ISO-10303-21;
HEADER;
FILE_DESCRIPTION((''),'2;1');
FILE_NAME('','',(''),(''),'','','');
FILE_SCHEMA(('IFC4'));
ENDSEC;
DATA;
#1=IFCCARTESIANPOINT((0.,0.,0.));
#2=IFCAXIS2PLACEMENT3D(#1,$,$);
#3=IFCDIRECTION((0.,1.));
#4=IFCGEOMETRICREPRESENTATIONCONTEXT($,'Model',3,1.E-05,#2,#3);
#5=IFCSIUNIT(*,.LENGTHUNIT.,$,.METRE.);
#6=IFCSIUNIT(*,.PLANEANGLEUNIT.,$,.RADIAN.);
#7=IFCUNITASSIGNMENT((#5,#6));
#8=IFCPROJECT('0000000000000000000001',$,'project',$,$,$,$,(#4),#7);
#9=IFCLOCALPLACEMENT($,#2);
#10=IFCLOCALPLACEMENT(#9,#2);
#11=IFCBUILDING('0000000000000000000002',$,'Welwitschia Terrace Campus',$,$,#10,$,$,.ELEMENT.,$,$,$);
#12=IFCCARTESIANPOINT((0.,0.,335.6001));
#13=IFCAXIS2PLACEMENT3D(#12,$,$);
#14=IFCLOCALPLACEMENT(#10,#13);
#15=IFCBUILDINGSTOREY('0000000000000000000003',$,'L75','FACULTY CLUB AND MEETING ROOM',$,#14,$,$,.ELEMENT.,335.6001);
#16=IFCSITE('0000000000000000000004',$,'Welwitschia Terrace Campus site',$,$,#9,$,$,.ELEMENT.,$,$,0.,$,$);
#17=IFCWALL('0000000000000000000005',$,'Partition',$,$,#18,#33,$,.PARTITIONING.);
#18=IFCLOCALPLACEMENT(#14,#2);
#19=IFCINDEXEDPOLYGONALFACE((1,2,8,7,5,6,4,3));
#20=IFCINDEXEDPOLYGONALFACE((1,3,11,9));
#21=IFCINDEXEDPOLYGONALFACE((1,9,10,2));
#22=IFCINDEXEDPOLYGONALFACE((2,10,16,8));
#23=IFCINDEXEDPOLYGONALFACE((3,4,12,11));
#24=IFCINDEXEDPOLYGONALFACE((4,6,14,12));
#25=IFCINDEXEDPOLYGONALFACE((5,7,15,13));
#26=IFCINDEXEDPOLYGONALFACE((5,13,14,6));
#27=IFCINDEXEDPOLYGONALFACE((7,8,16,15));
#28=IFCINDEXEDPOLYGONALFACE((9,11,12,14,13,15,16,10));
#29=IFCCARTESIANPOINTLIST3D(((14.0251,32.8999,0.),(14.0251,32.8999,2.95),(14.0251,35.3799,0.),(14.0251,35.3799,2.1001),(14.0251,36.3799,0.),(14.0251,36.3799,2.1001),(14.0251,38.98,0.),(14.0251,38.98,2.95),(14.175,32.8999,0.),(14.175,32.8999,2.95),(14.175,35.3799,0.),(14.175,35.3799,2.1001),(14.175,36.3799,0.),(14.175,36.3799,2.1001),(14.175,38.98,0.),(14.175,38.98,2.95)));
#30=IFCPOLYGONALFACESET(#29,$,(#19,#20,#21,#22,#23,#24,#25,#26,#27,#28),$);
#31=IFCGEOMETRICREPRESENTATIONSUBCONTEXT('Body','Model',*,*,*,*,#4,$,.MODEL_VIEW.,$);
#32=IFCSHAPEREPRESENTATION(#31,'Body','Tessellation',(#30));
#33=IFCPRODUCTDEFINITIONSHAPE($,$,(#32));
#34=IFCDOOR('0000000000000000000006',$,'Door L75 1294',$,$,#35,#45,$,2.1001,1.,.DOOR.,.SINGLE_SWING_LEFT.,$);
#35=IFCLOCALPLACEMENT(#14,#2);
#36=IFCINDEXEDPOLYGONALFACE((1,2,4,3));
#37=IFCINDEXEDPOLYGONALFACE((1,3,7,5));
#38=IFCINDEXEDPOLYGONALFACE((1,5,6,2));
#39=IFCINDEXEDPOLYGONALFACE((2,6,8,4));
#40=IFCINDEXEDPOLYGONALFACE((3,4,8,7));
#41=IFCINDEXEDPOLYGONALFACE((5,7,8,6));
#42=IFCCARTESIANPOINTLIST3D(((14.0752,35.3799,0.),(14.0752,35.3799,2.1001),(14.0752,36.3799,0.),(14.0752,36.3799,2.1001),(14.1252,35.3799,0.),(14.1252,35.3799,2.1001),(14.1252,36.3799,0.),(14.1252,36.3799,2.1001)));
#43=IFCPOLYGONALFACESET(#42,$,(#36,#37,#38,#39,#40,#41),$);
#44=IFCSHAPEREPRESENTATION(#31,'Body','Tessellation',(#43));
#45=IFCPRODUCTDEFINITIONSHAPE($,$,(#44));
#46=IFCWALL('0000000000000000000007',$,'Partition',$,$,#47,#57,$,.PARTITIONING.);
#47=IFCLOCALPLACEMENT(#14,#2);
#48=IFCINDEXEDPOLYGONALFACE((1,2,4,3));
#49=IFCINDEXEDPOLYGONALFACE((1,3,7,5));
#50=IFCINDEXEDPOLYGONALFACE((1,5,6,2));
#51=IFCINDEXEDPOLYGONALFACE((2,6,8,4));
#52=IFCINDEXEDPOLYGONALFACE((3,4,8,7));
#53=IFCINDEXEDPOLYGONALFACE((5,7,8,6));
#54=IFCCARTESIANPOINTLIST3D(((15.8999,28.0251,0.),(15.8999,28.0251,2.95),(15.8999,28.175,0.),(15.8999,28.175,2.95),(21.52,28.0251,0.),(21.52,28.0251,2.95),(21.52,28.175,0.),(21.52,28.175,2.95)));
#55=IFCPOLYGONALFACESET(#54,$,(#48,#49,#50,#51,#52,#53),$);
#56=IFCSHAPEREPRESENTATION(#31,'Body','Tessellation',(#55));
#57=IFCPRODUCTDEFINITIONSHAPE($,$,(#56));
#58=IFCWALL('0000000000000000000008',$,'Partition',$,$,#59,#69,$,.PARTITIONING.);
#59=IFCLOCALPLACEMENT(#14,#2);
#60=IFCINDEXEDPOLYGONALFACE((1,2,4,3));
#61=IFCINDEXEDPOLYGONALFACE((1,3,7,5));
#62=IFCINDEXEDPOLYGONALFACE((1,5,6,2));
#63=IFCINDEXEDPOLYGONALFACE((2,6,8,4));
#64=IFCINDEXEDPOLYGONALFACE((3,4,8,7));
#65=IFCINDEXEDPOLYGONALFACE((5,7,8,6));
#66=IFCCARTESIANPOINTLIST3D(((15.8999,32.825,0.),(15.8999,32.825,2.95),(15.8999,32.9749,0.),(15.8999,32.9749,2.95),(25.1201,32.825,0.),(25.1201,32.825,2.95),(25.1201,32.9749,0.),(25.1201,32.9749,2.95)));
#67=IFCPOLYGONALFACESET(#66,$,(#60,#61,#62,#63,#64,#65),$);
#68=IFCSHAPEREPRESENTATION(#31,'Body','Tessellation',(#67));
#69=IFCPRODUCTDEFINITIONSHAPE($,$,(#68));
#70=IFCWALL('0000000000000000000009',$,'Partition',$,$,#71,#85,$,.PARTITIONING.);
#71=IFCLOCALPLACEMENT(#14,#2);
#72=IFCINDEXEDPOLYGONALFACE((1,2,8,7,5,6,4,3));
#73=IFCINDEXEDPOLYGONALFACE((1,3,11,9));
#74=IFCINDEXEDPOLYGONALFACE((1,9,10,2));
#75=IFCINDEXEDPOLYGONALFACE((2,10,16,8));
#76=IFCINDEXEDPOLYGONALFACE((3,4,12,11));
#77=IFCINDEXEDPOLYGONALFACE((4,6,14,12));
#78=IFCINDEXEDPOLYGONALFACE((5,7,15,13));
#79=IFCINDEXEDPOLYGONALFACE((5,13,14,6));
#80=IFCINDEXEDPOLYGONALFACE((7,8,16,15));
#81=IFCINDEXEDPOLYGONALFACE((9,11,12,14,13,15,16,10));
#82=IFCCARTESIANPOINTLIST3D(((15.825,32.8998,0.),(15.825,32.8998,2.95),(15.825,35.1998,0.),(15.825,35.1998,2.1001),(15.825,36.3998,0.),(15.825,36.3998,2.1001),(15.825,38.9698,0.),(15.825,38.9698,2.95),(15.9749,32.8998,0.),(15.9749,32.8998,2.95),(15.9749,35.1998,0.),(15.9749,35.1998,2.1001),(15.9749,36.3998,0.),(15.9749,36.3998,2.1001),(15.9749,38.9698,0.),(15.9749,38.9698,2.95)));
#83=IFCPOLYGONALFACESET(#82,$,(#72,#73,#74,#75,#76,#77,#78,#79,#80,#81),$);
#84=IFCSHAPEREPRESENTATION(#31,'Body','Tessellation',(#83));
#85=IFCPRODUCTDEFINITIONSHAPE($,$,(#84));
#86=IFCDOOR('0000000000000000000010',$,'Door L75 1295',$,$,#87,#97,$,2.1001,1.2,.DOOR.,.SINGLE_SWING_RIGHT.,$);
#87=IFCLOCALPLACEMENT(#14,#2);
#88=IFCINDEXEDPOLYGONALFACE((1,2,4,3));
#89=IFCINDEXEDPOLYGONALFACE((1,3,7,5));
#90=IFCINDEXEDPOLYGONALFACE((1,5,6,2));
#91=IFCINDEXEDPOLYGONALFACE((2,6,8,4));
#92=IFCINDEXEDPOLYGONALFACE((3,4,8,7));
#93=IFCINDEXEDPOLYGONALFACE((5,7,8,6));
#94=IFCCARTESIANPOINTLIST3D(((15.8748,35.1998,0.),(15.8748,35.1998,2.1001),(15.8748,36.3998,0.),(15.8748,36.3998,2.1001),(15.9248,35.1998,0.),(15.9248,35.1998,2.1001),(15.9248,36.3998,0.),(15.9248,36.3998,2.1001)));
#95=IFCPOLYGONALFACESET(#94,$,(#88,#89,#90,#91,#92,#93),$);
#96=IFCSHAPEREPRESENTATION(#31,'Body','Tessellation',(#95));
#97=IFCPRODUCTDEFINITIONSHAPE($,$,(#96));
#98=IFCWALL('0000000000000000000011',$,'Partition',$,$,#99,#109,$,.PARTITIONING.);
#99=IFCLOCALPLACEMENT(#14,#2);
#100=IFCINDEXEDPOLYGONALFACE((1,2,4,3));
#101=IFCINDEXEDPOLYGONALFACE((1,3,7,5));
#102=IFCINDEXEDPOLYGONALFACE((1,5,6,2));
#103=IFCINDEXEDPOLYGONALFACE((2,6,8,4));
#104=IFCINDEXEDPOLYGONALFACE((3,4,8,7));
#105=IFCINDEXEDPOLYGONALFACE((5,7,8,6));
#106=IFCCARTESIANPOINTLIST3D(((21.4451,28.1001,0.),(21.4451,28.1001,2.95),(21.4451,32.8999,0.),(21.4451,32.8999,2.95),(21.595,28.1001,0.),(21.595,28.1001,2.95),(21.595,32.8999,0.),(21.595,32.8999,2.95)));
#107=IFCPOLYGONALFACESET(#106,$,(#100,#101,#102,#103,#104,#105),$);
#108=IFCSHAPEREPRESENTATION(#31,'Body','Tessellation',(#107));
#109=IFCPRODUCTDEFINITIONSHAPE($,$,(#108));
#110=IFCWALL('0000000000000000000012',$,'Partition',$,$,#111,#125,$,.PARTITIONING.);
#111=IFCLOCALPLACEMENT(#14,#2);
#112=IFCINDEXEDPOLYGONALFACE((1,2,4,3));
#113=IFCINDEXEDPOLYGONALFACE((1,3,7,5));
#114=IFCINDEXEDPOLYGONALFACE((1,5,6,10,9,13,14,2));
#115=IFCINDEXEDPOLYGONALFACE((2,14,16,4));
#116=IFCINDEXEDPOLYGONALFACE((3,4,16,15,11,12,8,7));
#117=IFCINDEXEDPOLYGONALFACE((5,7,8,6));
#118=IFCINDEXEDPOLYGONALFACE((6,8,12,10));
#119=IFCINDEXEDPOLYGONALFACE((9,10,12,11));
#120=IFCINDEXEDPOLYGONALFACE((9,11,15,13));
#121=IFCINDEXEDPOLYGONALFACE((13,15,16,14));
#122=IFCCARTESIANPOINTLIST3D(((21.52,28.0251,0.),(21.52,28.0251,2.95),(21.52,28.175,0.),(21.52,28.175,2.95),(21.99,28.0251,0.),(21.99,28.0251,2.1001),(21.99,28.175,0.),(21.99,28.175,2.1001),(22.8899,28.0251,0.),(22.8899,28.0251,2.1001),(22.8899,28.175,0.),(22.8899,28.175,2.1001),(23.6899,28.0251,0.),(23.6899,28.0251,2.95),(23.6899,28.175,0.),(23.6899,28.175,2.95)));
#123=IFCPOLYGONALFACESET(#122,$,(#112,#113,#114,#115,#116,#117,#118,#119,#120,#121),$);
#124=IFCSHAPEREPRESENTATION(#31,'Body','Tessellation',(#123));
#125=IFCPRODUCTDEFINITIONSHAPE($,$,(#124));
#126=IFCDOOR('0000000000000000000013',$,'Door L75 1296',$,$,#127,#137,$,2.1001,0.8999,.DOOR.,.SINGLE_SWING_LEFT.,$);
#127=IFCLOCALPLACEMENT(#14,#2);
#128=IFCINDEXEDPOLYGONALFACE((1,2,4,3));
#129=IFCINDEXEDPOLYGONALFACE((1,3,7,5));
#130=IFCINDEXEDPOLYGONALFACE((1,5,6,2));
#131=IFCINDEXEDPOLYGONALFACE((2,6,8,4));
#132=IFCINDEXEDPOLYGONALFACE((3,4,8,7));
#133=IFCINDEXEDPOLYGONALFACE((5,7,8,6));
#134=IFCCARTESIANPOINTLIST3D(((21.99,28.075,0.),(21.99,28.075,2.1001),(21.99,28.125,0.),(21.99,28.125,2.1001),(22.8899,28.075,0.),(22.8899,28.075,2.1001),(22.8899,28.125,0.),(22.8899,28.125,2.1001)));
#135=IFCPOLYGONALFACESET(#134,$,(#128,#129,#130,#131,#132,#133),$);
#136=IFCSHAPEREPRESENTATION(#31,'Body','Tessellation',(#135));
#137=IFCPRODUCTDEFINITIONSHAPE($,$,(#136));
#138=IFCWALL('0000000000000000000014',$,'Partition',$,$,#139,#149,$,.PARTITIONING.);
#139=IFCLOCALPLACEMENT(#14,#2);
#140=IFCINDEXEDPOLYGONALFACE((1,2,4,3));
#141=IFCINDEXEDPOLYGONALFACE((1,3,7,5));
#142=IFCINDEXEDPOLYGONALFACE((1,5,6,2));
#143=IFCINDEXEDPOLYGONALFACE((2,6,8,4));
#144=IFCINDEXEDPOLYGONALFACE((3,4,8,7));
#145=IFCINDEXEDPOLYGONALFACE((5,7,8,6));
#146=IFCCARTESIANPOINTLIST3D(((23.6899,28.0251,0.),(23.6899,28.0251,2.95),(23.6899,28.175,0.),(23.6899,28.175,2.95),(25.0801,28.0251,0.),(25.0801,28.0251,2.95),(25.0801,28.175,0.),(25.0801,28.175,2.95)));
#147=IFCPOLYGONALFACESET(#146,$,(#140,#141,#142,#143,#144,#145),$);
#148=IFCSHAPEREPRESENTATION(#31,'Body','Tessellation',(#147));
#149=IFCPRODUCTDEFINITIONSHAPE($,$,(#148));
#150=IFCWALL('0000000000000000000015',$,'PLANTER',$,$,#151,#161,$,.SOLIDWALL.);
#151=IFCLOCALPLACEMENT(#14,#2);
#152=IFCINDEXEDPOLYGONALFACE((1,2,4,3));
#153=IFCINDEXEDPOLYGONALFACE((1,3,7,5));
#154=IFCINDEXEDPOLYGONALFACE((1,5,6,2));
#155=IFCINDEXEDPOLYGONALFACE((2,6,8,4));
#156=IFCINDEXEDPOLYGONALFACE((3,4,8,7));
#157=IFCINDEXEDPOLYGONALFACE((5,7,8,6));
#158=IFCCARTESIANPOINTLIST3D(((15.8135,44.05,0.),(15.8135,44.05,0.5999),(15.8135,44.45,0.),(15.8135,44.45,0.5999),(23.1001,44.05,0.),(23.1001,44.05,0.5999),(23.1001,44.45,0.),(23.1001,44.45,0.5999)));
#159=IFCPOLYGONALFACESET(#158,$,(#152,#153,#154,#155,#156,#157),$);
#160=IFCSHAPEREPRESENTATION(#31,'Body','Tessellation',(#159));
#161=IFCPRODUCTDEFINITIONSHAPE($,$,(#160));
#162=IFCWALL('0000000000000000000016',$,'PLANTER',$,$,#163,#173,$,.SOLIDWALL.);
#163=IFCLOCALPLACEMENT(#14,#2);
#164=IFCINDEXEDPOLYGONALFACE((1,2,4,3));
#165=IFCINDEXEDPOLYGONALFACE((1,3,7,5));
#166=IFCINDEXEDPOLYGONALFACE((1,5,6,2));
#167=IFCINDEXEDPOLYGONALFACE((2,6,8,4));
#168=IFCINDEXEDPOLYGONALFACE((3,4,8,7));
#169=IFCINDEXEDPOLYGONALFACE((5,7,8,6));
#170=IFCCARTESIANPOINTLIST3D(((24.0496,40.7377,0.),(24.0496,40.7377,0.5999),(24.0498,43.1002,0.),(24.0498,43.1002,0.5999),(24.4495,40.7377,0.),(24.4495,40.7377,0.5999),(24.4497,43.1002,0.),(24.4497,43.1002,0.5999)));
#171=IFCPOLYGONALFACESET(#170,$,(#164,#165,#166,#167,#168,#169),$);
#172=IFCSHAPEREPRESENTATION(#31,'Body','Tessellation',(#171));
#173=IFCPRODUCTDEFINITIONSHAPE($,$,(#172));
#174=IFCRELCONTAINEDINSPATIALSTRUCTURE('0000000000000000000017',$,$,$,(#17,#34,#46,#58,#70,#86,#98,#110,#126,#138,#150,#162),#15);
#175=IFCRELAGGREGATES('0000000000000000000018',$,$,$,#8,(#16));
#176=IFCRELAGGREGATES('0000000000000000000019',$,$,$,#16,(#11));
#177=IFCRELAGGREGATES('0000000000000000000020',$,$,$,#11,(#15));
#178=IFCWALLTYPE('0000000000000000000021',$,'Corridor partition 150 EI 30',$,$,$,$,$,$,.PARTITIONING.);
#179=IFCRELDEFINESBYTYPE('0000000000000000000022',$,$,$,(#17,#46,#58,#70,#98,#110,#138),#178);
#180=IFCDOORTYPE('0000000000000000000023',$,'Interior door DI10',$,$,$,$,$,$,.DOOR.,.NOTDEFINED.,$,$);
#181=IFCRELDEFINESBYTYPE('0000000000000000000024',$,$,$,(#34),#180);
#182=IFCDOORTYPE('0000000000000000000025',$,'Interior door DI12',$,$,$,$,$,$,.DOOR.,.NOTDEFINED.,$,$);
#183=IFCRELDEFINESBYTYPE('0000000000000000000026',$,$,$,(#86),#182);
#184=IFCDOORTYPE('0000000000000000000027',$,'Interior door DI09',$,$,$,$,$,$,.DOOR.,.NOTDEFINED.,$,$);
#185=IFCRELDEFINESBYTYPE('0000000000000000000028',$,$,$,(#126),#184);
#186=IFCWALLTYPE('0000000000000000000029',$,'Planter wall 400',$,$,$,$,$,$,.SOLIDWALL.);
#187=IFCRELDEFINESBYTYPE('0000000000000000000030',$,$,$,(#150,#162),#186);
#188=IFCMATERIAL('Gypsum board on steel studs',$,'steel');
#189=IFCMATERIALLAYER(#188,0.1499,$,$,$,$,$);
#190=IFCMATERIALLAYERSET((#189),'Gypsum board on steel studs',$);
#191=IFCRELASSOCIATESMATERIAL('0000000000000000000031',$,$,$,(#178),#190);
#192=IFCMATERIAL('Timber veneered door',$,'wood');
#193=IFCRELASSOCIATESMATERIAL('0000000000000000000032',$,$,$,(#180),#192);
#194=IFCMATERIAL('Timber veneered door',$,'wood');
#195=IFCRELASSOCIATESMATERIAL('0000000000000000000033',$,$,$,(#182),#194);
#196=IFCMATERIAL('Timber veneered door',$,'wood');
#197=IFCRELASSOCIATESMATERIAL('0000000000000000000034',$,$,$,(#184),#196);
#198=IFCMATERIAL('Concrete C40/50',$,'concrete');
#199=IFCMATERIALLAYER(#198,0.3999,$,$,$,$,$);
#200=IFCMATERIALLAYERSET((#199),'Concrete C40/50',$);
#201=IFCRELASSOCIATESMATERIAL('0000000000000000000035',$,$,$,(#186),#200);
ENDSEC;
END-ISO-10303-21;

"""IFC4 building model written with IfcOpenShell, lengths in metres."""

from ifc_helpers import new_model, si_unit, direction, frame, frame_2d, origin, place, context, subcontext, project, spatial, rectangle, extrude, material, layer, layer_set, type_object, element, fill, save


model = new_model("IFC4")

# Units and contexts
model_context = context("Model", 3, precision=1e-05, world=origin(), true_north=direction((0.0, 1.0)))
body_context = subcontext(model_context, "Body", "Model", "MODEL_VIEW")
ifc_project = project(units=[si_unit("LENGTHUNIT", "METRE"), si_unit("PLANEANGLEUNIT", "RADIAN")], contexts=[model_context])

# Site, building, storey
site_placement = place(None, origin())
site = spatial("IfcSite", under=ifc_project, at=site_placement, Name="Welwitschia Terrace Campus site", CompositionType="ELEMENT", RefElevation=0.0)
building_placement = place(site_placement, origin())
building = spatial("IfcBuilding", under=site, at=building_placement, Name="Welwitschia Terrace Campus", CompositionType="ELEMENT")
storey_placement = place(building_placement, frame((0.0, 0.0, 335.6001)))
storey = spatial("IfcBuildingStorey", under=building, at=storey_placement, Name="L75", Description="FACULTY CLUB AND MEETING ROOM", CompositionType="ELEMENT", Elevation=335.6001)

# Wall, opening, door
ifc_material_1 = material(Name="Gypsum board on steel studs", Category="steel")
ifc_layer_1 = layer(ifc_material_1, 0.1499)
ifc_layer_set_1 = layer_set([ifc_layer_1], Name="Gypsum board on steel studs")
wall_type_1 = type_object("IfcWallType", Name="Corridor partition 150 EI 30", PredefinedType="PARTITIONING", material=ifc_layer_set_1)
wall_1_placement = place(storey_placement, frame((14.1001, 32.8999, 0.0), z_axis=(0.0, 0.0, 1.0), x_axis=(0.0, 1.0, 0.0)))
wall_1 = element("IfcWall", 1, at=wall_1_placement, inside=storey, type_object=wall_type_1, Name="Partition", PredefinedType="PARTITIONING", context=body_context, shape_type="SweptSolid", body=[
    extrude(rectangle(XDim=6.0801, YDim=0.1499, at=frame_2d((3.04, 0.0))), origin(), (0.0, 0.0, 1.0), 2.95),
])
opening_1_placement = place(wall_1_placement, frame((2.48, 0.0, 0.0)))
opening_1 = element("IfcOpeningElement", 2, at=opening_1_placement, cuts=wall_1, PredefinedType="OPENING", context=body_context, shape_type="SweptSolid", body=[
    extrude(rectangle(XDim=1.0, YDim=2.1001, at=frame_2d((0.5, 1.05))), frame((0.0, 0.085, 0.0), z_axis=(0.0, -1.0, 0.0), x_axis=(1.0, 0.0, 0.0)), (0.0, 0.0, 1.0), 0.1699),
])
ifc_material_2 = material(Name="Timber veneered door", Category="wood")
door_type_1 = type_object("IfcDoorType", Name="Interior door DI10", OperationType="NOTDEFINED", PredefinedType="DOOR", material=ifc_material_2)
door_1_placement = place(opening_1_placement, origin())
door_1 = element("IfcDoor", 3, at=door_1_placement, inside=storey, type_object=door_type_1, Name="Door L75 1294", OperationType="SINGLE_SWING_LEFT", OverallHeight=2.1001, OverallWidth=1.0, PredefinedType="DOOR", context=body_context, shape_type="SweptSolid", body=[
    extrude(rectangle(XDim=1.0, YDim=2.1001, at=frame_2d((0.5, 1.05))), frame((0.0, 0.0249, 0.0), z_axis=(0.0, -1.0, 0.0), x_axis=(1.0, 0.0, 0.0)), (0.0, 0.0, 1.0), 0.05),
])
fill(opening_1, door_1)

# Walls
wall_2_placement = place(storey_placement, frame((15.8999, 28.1001, 0.0), z_axis=(0.0, 0.0, 1.0), x_axis=(1.0, 0.0, 0.0)))
element("IfcWall", 4, at=wall_2_placement, inside=storey, type_object=wall_type_1, Name="Partition", PredefinedType="PARTITIONING", context=body_context, shape_type="SweptSolid", body=[
    extrude(rectangle(XDim=5.6201, YDim=0.1499, at=frame_2d((2.8101, 0.0))), origin(), (0.0, 0.0, 1.0), 2.95),
])
wall_3_placement = place(storey_placement, frame((15.8999, 32.8999, 0.0), z_axis=(0.0, 0.0, 1.0), x_axis=(1.0, 0.0, 0.0)))
element("IfcWall", 5, at=wall_3_placement, inside=storey, type_object=wall_type_1, Name="Partition", PredefinedType="PARTITIONING", context=body_context, shape_type="SweptSolid", body=[
    extrude(rectangle(XDim=9.2202, YDim=0.1499, at=frame_2d((4.6101, 0.0))), origin(), (0.0, 0.0, 1.0), 2.95),
])

# Wall, opening, door
wall_4_placement = place(storey_placement, frame((15.8999, 38.97, 0.0), z_axis=(0.0, 0.0, 1.0), x_axis=(0.0, -1.0, 0.0)))
wall_4 = element("IfcWall", 6, at=wall_4_placement, inside=storey, type_object=wall_type_1, Name="Partition", PredefinedType="PARTITIONING", context=body_context, shape_type="SweptSolid", body=[
    extrude(rectangle(XDim=6.0701, YDim=0.1499, at=frame_2d((3.0352, 0.0))), origin(), (0.0, 0.0, 1.0), 2.95),
])
opening_2_placement = place(wall_4_placement, frame((2.5701, 0.0, 0.0)))
opening_2 = element("IfcOpeningElement", 7, at=opening_2_placement, cuts=wall_4, PredefinedType="OPENING", context=body_context, shape_type="SweptSolid", body=[
    extrude(rectangle(XDim=1.2, YDim=2.1001, at=frame_2d((0.6001, 1.05))), frame((0.0, 0.085, 0.0), z_axis=(0.0, -1.0, 0.0), x_axis=(1.0, 0.0, 0.0)), (0.0, 0.0, 1.0), 0.1699),
])
ifc_material_3 = material(Name="Timber veneered door", Category="wood")
door_type_2 = type_object("IfcDoorType", Name="Interior door DI12", OperationType="NOTDEFINED", PredefinedType="DOOR", material=ifc_material_3)
door_2_placement = place(opening_2_placement, origin())
door_2 = element("IfcDoor", 8, at=door_2_placement, inside=storey, type_object=door_type_2, Name="Door L75 1295", OperationType="SINGLE_SWING_RIGHT", OverallHeight=2.1001, OverallWidth=1.2, PredefinedType="DOOR", context=body_context, shape_type="SweptSolid", body=[
    extrude(rectangle(XDim=1.2, YDim=2.1001, at=frame_2d((0.6001, 1.05))), frame((0.0, 0.0249, 0.0), z_axis=(0.0, -1.0, 0.0), x_axis=(1.0, 0.0, 0.0)), (0.0, 0.0, 1.0), 0.05),
])
fill(opening_2, door_2)

# Wall
wall_5_placement = place(storey_placement, frame((21.52, 28.1001, 0.0), z_axis=(0.0, 0.0, 1.0), x_axis=(0.0, 1.0, 0.0)))
element("IfcWall", 9, at=wall_5_placement, inside=storey, type_object=wall_type_1, Name="Partition", PredefinedType="PARTITIONING", context=body_context, shape_type="SweptSolid", body=[
    extrude(rectangle(XDim=4.7998, YDim=0.1499, at=frame_2d((2.3999, 0.0))), origin(), (0.0, 0.0, 1.0), 2.95),
])

# Wall, opening, door
wall_6_placement = place(storey_placement, frame((21.52, 28.1001, 0.0), z_axis=(0.0, 0.0, 1.0), x_axis=(1.0, 0.0, 0.0)))
wall_6 = element("IfcWall", 10, at=wall_6_placement, inside=storey, type_object=wall_type_1, Name="Partition", PredefinedType="PARTITIONING", context=body_context, shape_type="SweptSolid", body=[
    extrude(rectangle(XDim=2.1699, YDim=0.1499, at=frame_2d((1.085, 0.0))), origin(), (0.0, 0.0, 1.0), 2.95),
])
opening_3_placement = place(wall_6_placement, frame((0.47, 0.0, 0.0)))
opening_3 = element("IfcOpeningElement", 11, at=opening_3_placement, cuts=wall_6, PredefinedType="OPENING", context=body_context, shape_type="SweptSolid", body=[
    extrude(rectangle(XDim=0.8999, YDim=2.1001, at=frame_2d((0.45, 1.05))), frame((0.0, 0.085, 0.0), z_axis=(0.0, -1.0, 0.0), x_axis=(1.0, 0.0, 0.0)), (0.0, 0.0, 1.0), 0.1699),
])
ifc_material_4 = material(Name="Timber veneered door", Category="wood")
door_type_3 = type_object("IfcDoorType", Name="Interior door DI09", OperationType="NOTDEFINED", PredefinedType="DOOR", material=ifc_material_4)
door_3_placement = place(opening_3_placement, origin())
door_3 = element("IfcDoor", 12, at=door_3_placement, inside=storey, type_object=door_type_3, Name="Door L75 1296", OperationType="SINGLE_SWING_LEFT", OverallHeight=2.1001, OverallWidth=0.8999, PredefinedType="DOOR", context=body_context, shape_type="SweptSolid", body=[
    extrude(rectangle(XDim=0.8999, YDim=2.1001, at=frame_2d((0.45, 1.05))), frame((0.0, 0.0249, 0.0), z_axis=(0.0, -1.0, 0.0), x_axis=(1.0, 0.0, 0.0)), (0.0, 0.0, 1.0), 0.05),
])
fill(opening_3, door_3)

# Walls
wall_7_placement = place(storey_placement, frame((23.6899, 28.1001, 0.0), z_axis=(0.0, 0.0, 1.0), x_axis=(1.0, 0.0, 0.0)))
element("IfcWall", 13, at=wall_7_placement, inside=storey, type_object=wall_type_1, Name="Partition", PredefinedType="PARTITIONING", context=body_context, shape_type="SweptSolid", body=[
    extrude(rectangle(XDim=1.3901, YDim=0.1499, at=frame_2d((0.6951, 0.0))), origin(), (0.0, 0.0, 1.0), 2.95),
])
ifc_material_5 = material(Name="Concrete C40/50", Category="concrete")
ifc_layer_2 = layer(ifc_material_5, 0.3999)
ifc_layer_set_2 = layer_set([ifc_layer_2], Name="Concrete C40/50")
wall_type_2 = type_object("IfcWallType", Name="Planter wall 400", PredefinedType="SOLIDWALL", material=ifc_layer_set_2)
wall_8_placement = place(storey_placement, frame((15.8135, 44.25, 0.0), z_axis=(0.0, 0.0, 1.0), x_axis=(1.0, 0.0, 0.0)))
element("IfcWall", 14, at=wall_8_placement, inside=storey, type_object=wall_type_2, Name="PLANTER", PredefinedType="SOLIDWALL", context=body_context, shape_type="SweptSolid", body=[
    extrude(rectangle(XDim=7.2866, YDim=0.3999, at=frame_2d((3.6433, 0.0))), origin(), (0.0, 0.0, 1.0), 0.5999),
])
wall_9_placement = place(storey_placement, frame((24.2498, 43.1001, 0.0), z_axis=(0.0, 0.0, 1.0), x_axis=(-0.000103, -1.0, 0.0)))
element("IfcWall", 15, at=wall_9_placement, inside=storey, type_object=wall_type_2, Name="PLANTER", PredefinedType="SOLIDWALL", context=body_context, shape_type="SweptSolid", body=[
    extrude(rectangle(XDim=2.3625, YDim=0.3999, at=frame_2d((1.1812, 0.0))), origin(), (0.0, 0.0, 1.0), 0.5999),
])

save(model, "model.ifc")
